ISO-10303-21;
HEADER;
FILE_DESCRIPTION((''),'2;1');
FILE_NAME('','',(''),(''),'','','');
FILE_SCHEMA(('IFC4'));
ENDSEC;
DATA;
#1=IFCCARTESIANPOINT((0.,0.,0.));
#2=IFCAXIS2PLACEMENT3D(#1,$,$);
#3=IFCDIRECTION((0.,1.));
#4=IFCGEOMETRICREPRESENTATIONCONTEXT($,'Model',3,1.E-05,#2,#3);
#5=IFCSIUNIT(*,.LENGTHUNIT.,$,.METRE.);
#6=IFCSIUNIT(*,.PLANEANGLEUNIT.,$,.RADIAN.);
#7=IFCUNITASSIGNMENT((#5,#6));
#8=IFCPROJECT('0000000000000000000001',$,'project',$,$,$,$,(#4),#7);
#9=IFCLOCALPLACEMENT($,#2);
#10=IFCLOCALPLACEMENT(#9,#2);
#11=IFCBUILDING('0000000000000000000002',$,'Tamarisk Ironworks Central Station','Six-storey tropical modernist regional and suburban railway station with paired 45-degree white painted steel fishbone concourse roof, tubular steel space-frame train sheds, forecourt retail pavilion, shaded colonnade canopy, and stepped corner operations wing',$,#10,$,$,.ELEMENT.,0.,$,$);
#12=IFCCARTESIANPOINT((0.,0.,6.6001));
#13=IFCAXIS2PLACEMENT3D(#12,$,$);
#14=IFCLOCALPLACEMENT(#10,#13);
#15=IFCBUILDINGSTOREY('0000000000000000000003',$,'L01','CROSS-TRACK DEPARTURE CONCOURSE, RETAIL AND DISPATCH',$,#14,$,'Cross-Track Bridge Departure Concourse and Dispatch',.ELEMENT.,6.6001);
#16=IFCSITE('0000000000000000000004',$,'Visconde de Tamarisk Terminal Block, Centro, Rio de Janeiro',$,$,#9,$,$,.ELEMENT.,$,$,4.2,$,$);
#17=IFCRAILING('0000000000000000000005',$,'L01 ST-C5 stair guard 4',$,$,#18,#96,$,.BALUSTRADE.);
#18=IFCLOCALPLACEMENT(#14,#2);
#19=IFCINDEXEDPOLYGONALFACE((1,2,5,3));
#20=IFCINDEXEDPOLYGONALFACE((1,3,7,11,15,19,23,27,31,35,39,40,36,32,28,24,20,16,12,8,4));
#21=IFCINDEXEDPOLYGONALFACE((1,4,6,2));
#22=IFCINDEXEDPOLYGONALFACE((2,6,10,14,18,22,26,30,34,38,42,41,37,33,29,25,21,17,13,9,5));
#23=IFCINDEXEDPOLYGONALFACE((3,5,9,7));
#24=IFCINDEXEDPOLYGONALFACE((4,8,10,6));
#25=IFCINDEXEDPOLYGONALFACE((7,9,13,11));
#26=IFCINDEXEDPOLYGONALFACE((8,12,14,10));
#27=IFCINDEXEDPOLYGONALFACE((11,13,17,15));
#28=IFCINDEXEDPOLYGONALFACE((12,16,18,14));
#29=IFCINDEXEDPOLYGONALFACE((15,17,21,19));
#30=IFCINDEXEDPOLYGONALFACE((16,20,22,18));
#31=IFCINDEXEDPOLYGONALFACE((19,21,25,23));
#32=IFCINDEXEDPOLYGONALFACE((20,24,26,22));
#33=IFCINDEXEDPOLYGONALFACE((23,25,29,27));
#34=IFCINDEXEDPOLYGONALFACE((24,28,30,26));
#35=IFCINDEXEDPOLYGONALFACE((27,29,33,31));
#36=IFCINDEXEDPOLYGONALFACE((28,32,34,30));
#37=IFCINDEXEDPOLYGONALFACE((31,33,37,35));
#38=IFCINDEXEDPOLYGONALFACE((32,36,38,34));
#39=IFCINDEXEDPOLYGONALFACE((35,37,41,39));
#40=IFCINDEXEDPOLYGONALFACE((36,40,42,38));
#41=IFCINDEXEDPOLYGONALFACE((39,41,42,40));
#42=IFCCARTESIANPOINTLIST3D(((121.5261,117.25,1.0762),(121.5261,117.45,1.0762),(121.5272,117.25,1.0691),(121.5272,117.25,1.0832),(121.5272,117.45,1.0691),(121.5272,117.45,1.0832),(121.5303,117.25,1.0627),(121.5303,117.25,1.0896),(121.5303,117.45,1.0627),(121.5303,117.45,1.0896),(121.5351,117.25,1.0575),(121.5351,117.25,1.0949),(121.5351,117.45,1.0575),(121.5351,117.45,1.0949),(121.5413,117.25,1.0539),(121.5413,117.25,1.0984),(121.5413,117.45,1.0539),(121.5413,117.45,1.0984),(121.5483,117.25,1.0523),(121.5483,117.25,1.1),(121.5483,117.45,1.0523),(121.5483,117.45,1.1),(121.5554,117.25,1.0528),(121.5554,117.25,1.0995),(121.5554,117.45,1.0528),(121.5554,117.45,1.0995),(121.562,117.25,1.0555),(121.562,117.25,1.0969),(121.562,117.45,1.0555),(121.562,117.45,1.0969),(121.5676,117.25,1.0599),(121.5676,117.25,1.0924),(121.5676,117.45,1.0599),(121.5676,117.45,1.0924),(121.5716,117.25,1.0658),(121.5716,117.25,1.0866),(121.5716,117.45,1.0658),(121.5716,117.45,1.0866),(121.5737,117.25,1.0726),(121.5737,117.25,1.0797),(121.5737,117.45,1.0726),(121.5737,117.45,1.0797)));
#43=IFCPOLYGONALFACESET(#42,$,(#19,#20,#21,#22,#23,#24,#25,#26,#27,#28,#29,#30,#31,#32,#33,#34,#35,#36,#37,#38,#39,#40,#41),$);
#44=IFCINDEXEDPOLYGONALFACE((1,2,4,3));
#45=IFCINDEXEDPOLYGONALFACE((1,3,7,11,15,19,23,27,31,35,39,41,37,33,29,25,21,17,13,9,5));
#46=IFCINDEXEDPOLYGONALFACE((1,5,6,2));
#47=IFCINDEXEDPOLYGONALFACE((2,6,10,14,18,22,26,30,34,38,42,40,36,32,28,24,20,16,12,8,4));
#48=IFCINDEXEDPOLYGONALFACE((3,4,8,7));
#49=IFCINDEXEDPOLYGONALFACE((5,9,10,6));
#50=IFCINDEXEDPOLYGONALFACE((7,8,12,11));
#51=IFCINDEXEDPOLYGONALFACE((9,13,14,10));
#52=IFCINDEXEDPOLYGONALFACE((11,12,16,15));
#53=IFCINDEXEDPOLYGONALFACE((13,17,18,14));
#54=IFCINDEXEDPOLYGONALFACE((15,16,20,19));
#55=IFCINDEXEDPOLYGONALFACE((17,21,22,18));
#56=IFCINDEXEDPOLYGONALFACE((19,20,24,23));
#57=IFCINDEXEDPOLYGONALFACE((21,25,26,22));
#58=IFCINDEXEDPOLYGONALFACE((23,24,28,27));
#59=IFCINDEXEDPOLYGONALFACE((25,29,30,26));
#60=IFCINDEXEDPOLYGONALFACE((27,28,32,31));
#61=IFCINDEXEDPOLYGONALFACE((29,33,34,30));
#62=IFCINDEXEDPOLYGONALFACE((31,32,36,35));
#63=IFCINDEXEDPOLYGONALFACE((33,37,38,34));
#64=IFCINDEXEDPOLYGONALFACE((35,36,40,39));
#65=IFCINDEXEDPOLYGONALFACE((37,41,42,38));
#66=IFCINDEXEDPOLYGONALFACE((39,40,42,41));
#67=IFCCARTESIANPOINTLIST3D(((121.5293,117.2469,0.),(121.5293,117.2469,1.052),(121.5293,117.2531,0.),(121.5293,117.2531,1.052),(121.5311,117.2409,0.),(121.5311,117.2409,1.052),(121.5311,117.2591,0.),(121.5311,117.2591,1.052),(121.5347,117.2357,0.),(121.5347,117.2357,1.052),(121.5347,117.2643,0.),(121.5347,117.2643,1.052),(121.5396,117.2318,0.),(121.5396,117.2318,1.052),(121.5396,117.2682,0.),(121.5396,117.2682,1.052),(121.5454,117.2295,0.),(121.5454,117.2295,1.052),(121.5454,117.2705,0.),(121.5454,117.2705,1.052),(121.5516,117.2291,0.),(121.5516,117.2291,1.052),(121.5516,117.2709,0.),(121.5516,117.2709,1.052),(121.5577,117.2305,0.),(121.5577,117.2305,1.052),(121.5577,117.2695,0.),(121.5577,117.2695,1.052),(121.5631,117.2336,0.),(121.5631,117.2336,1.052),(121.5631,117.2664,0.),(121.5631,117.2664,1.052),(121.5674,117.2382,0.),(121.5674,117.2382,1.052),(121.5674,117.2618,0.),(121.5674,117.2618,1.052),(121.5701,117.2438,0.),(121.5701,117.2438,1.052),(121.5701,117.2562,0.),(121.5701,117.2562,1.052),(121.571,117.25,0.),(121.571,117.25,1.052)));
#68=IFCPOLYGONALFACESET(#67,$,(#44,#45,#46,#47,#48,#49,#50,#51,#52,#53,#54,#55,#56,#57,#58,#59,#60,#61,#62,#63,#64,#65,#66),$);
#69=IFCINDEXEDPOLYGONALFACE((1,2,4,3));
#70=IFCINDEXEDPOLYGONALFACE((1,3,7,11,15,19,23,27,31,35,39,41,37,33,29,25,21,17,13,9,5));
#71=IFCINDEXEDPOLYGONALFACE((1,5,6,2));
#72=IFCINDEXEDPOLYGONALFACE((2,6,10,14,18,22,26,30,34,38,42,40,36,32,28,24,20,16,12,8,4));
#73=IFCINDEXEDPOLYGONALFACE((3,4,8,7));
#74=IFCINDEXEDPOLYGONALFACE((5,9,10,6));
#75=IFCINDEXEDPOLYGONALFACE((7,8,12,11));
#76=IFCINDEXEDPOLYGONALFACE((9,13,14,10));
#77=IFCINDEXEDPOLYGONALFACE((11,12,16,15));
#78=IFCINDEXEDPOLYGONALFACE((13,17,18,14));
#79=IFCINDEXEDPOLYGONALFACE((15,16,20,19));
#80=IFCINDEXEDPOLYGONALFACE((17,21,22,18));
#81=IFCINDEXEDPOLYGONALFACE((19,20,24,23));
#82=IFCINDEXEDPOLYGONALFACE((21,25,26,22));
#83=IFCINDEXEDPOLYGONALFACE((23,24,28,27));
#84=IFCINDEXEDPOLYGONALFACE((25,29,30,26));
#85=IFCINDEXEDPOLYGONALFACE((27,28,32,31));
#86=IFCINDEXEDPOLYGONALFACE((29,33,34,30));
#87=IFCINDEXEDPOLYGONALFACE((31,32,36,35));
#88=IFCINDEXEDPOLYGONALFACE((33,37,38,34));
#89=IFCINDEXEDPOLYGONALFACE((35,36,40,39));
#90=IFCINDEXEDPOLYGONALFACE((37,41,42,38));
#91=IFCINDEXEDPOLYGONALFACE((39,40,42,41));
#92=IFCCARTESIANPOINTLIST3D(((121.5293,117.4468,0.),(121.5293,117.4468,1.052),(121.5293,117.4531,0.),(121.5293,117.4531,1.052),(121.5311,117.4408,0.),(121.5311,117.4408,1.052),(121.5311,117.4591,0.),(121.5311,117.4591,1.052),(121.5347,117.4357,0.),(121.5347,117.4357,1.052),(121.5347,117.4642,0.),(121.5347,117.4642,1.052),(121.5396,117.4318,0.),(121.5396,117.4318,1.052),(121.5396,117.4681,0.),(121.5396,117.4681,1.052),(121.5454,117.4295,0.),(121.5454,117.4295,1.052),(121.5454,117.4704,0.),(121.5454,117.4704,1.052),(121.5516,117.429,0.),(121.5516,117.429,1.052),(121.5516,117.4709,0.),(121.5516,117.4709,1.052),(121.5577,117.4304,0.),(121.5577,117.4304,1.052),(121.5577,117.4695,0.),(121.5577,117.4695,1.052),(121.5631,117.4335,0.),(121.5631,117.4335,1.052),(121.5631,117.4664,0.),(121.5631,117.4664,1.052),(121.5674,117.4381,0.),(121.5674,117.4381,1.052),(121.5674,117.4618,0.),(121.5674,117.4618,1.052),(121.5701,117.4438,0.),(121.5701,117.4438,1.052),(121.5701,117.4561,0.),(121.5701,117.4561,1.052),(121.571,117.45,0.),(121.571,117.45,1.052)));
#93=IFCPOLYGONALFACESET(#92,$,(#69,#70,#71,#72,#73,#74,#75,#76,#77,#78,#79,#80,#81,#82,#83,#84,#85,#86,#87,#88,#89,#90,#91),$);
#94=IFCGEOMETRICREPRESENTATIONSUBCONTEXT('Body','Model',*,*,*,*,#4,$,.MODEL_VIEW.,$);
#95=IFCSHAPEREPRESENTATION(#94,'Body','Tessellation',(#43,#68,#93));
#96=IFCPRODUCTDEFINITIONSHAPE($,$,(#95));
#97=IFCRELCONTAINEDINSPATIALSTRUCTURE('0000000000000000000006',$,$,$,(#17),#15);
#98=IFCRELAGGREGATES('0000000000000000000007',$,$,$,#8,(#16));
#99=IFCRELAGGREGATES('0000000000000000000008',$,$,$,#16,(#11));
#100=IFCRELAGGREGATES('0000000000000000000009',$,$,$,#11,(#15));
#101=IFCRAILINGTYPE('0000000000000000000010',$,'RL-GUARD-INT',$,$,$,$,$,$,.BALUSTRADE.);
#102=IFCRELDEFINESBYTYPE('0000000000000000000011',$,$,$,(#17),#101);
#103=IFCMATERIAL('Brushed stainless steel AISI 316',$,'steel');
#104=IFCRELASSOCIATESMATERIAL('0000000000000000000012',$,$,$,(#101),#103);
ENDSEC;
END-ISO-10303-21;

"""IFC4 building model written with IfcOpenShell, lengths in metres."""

from ifc_helpers import new_model, si_unit, direction, frame, origin, origin_2d, place, context, subcontext, project, spatial, circle, extrude, material, type_object, element, save


model = new_model("IFC4")

# Units and contexts
model_context = context("Model", 3, precision=1e-05, world=origin(), true_north=direction((0.0, 1.0)))
body_context = subcontext(model_context, "Body", "Model", "MODEL_VIEW")
ifc_project = project(units=[si_unit("LENGTHUNIT", "METRE"), si_unit("PLANEANGLEUNIT", "RADIAN")], contexts=[model_context])

# Site, building, storey
site_placement = place(None, origin())
site = spatial("IfcSite", under=ifc_project, at=site_placement, Name="Visconde de Tamarisk Terminal Block, Centro, Rio de Janeiro", CompositionType="ELEMENT", RefElevation=4.2)
building_placement = place(site_placement, origin())
building = spatial("IfcBuilding", under=site, at=building_placement, Name="Tamarisk Ironworks Central Station", Description="Six-storey tropical modernist regional and suburban railway station with paired 45-degree white painted steel fishbone concourse roof, tubular steel space-frame train sheds, forecourt retail pavilion, shaded colonnade canopy, and stepped corner operations wing", CompositionType="ELEMENT", ElevationOfRefHeight=0.0)
storey_placement = place(building_placement, frame((0.0, 0.0, 6.6001)))
storey = spatial("IfcBuildingStorey", under=building, at=storey_placement, Name="L01", Description="CROSS-TRACK DEPARTURE CONCOURSE, RETAIL AND DISPATCH", LongName="Cross-Track Bridge Departure Concourse and Dispatch", CompositionType="ELEMENT", Elevation=6.6001)

# Railing
ifc_material_1 = material(Name="Brushed stainless steel AISI 316", Category="steel")
railing_type_1 = type_object("IfcRailingType", Name="RL-GUARD-INT", PredefinedType="BALUSTRADE", material=ifc_material_1)
railing_1_placement = place(storey_placement, frame((121.55, 117.25, 0.0)))
element("IfcRailing", 1, at=railing_1_placement, inside=storey, type_object=railing_type_1, Name="L01 ST-C5 stair guard 4", PredefinedType="BALUSTRADE", context=body_context, shape_type="SweptSolid", body=[
    extrude(circle(Radius=0.0239, at=origin_2d()), frame((0.0, 0.0, 1.0762), z_axis=(0.0, 1.0, 0.0), x_axis=(-1.0, 0.0, 0.0)), (0.0, 0.0, 1.0), 0.2),
    extrude(circle(Radius=0.021, at=origin_2d()), origin(), (0.0, 0.0, 1.0), 1.052),
    extrude(circle(Radius=0.021, at=origin_2d()), frame((0.0, 0.2, 0.0)), (0.0, 0.0, 1.0), 1.052),
])

save(model, "model.ifc")
